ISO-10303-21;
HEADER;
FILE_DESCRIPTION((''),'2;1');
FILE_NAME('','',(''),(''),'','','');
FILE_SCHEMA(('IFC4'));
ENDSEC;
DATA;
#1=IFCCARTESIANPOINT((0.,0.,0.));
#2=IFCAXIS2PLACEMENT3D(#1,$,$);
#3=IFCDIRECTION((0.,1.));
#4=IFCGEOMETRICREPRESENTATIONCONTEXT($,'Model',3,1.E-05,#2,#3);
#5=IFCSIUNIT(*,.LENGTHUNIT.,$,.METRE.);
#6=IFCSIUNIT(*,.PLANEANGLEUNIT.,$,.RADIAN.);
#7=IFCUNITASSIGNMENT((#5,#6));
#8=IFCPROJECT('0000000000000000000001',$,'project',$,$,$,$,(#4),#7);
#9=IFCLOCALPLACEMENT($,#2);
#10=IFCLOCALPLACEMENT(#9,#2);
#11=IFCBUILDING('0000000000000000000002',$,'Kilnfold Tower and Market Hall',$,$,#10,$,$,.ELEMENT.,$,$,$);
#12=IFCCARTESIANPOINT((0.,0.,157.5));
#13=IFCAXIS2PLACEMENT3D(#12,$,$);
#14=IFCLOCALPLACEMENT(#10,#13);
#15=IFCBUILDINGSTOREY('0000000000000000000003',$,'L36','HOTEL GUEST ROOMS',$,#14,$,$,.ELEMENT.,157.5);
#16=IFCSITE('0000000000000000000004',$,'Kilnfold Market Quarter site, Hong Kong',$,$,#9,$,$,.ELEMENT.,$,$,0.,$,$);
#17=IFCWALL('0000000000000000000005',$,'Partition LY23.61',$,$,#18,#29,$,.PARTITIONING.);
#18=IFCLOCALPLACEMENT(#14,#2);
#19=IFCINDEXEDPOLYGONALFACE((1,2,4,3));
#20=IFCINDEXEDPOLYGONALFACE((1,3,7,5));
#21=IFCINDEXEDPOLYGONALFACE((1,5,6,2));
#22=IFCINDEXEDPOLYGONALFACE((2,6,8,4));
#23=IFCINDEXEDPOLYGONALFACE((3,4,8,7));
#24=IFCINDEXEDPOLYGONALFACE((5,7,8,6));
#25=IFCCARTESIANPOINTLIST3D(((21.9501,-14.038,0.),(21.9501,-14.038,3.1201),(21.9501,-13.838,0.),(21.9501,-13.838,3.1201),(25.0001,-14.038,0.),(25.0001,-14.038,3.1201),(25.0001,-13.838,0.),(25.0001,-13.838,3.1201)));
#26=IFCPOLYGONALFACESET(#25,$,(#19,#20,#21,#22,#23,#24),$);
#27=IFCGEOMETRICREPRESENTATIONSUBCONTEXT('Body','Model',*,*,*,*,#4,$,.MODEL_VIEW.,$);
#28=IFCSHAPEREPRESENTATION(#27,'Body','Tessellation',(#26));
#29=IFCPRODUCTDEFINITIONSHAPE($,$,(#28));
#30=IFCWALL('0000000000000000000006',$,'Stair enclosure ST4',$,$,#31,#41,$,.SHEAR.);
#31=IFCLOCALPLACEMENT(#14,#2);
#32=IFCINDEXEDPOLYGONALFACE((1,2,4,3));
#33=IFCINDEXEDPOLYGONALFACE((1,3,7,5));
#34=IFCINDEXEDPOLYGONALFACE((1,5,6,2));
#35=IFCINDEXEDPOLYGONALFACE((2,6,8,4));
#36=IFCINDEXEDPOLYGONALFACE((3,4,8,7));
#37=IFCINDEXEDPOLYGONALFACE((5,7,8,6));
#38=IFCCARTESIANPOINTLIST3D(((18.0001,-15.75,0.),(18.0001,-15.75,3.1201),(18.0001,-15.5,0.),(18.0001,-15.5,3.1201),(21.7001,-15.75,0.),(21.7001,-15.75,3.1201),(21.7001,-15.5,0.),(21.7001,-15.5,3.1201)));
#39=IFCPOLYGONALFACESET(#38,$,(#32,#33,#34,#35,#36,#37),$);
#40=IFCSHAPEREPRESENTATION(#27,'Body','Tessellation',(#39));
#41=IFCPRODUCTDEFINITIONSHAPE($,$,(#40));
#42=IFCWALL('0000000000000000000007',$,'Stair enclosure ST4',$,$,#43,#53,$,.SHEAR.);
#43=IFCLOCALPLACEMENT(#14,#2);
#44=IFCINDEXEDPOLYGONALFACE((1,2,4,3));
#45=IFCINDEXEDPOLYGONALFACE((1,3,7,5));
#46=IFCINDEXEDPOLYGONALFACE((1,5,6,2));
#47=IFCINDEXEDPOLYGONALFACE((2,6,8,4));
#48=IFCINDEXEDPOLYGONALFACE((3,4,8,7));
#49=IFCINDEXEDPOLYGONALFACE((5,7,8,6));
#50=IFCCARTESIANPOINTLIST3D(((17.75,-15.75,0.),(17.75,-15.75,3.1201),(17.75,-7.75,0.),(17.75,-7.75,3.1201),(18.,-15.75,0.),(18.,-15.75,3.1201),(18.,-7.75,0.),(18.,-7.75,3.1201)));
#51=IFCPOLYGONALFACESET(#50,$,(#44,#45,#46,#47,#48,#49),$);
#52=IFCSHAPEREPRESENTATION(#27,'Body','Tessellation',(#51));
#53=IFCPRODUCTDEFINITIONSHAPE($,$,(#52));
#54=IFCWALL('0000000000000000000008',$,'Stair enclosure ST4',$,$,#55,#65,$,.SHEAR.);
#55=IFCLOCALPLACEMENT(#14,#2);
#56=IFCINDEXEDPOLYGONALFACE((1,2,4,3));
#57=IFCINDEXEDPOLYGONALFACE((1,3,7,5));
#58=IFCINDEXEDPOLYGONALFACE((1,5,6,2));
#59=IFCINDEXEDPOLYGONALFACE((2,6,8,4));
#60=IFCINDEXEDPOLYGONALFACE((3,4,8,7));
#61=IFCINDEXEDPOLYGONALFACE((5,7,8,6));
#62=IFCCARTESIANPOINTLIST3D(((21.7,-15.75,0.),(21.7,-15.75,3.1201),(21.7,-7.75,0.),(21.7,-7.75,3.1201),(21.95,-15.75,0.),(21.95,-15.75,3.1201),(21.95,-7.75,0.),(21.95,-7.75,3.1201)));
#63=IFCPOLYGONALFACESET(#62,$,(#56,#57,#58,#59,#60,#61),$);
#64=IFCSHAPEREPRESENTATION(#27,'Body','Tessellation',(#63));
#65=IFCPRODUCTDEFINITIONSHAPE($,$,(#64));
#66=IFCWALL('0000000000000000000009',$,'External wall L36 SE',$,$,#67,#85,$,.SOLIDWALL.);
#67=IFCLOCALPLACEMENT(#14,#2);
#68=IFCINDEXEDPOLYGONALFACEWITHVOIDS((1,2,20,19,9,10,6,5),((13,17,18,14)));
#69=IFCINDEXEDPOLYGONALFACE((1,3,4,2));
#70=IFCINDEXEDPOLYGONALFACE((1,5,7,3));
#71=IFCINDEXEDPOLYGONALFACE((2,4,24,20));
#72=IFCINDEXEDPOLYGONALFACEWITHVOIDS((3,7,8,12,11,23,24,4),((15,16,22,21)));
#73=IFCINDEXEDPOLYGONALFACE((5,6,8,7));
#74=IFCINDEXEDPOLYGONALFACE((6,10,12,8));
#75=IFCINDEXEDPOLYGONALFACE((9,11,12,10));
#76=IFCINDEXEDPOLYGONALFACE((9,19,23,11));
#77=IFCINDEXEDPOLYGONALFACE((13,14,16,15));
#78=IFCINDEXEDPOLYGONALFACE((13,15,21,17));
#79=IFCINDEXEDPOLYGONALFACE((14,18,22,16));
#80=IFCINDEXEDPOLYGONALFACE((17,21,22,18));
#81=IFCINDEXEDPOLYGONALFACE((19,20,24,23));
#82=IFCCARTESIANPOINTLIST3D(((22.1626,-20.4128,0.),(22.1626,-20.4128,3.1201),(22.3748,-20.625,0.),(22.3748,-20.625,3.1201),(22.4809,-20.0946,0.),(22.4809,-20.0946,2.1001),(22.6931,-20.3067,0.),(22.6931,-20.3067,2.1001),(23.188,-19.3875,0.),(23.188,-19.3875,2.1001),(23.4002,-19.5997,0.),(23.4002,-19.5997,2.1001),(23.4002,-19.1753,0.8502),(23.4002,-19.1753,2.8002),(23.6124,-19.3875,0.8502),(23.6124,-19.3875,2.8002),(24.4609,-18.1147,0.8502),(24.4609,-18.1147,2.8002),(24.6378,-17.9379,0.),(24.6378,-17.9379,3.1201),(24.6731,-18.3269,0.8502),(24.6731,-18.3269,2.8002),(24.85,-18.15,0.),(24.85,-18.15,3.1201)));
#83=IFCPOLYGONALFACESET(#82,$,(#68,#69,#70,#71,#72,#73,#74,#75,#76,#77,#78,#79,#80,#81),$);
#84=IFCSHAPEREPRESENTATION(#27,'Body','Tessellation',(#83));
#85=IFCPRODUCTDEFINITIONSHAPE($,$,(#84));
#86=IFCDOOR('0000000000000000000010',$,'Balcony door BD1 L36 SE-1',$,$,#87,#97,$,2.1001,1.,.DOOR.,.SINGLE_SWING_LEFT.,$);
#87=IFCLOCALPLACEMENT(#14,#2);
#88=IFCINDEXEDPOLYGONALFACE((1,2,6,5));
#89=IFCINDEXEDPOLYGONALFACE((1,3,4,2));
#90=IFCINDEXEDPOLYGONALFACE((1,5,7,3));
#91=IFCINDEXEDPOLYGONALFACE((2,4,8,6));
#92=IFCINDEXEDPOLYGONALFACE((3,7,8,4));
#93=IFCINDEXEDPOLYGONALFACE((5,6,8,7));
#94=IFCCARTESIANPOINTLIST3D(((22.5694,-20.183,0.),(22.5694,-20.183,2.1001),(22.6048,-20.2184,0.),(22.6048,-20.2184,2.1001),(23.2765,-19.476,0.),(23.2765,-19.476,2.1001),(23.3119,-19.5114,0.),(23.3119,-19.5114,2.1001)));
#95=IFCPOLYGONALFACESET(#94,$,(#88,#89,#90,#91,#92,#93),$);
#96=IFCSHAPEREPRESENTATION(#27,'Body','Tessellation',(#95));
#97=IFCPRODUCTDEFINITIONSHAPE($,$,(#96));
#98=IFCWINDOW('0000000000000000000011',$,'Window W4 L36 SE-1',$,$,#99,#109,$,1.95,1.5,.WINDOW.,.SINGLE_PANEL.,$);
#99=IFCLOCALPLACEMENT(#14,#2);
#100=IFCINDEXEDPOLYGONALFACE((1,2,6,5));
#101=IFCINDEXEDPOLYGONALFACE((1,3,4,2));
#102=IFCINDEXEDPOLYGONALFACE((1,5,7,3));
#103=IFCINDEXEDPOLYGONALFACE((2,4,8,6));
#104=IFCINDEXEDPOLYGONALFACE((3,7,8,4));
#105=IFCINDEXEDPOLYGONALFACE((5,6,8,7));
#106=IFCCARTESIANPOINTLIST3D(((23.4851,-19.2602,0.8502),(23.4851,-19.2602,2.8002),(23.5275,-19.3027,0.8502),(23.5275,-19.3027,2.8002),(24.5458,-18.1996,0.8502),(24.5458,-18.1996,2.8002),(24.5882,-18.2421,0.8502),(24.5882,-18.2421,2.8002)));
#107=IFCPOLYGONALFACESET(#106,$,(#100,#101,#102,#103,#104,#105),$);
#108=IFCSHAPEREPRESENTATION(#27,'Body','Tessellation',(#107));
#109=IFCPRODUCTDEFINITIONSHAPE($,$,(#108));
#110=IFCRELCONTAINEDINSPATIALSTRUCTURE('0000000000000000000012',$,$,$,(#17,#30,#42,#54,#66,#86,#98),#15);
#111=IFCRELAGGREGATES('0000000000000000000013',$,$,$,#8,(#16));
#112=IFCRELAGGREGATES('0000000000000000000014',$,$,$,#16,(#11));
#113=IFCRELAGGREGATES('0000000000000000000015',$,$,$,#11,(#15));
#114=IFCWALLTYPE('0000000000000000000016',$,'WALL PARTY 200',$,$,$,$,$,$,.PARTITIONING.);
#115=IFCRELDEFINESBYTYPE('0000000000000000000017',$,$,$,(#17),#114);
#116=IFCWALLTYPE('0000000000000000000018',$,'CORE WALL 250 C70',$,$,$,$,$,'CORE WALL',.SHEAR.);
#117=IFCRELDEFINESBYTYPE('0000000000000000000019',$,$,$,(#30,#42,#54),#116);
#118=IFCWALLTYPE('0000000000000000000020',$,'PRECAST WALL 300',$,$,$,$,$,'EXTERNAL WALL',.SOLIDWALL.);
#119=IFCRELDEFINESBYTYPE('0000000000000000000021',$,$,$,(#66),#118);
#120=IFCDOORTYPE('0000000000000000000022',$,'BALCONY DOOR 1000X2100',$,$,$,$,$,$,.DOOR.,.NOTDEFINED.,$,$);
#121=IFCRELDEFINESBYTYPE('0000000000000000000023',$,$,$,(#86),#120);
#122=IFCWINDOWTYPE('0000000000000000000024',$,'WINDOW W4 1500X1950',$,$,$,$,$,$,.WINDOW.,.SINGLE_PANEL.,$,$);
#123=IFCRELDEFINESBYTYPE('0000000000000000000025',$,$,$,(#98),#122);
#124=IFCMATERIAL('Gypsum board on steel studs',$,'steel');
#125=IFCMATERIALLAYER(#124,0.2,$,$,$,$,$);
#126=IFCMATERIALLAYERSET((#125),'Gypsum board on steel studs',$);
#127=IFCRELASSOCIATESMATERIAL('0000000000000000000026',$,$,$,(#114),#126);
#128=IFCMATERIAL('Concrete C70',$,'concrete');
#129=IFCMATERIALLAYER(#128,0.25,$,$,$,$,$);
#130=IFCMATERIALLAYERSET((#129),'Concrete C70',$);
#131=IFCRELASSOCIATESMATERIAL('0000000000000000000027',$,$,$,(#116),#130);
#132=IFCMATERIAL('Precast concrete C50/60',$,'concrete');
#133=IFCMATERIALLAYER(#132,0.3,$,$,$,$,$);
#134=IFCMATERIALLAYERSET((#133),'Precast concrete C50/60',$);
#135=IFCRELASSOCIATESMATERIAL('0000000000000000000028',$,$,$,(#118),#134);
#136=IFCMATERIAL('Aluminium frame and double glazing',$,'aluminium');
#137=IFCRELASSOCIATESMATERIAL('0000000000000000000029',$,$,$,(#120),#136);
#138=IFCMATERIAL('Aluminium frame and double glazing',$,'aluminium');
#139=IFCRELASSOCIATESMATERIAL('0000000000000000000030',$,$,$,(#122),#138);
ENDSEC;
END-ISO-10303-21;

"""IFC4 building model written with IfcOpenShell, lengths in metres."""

from ifc_helpers import new_model, si_unit, direction, frame, frame_2d, origin, place, context, subcontext, project, spatial, rectangle, extrude, source, transform, mapped, material, layer, layer_set, type_object, element, fill, save


model = new_model("IFC4")

# Units and contexts
model_context = context("Model", 3, precision=1e-05, world=origin(), true_north=direction((0.0, 1.0)))
body_context = subcontext(model_context, "Body", "Model", "MODEL_VIEW")
ifc_project = project(units=[si_unit("LENGTHUNIT", "METRE"), si_unit("PLANEANGLEUNIT", "RADIAN")], contexts=[model_context])

# Site, building, storey
site_placement = place(None, origin())
site = spatial("IfcSite", under=ifc_project, at=site_placement, Name="Kilnfold Market Quarter site, Hong Kong", CompositionType="ELEMENT", RefElevation=0.0)
building_placement = place(site_placement, origin())
building = spatial("IfcBuilding", under=site, at=building_placement, Name="Kilnfold Tower and Market Hall", CompositionType="ELEMENT")
storey_placement = place(building_placement, frame((0.0, 0.0, 157.5)))
storey = spatial("IfcBuildingStorey", under=building, at=storey_placement, Name="L36", Description="HOTEL GUEST ROOMS", CompositionType="ELEMENT", Elevation=157.5)

# Walls
ifc_material_1 = material(Name="Gypsum board on steel studs", Category="steel")
ifc_layer_1 = layer(ifc_material_1, 0.2)
ifc_layer_set_1 = layer_set([ifc_layer_1], Name="Gypsum board on steel studs")
wall_type_1 = type_object("IfcWallType", Name="WALL PARTY 200", PredefinedType="PARTITIONING", material=ifc_layer_set_1)
wall_1_placement = place(storey_placement, frame((25.0, -13.938, 0.0), z_axis=(0.0, 0.0, 1.0), x_axis=(-1.0, 0.0, 0.0)))
element("IfcWall", 1, at=wall_1_placement, inside=storey, type_object=wall_type_1, Name="Partition LY23.61", PredefinedType="PARTITIONING", context=body_context, shape_type="SweptSolid", body=[
    extrude(rectangle(XDim=3.05, YDim=0.2, at=frame_2d((1.5249, 0.0))), origin(), (0.0, 0.0, 1.0), 3.1201),
])
ifc_material_2 = material(Name="Concrete C70", Category="concrete")
ifc_layer_2 = layer(ifc_material_2, 0.25)
ifc_layer_set_2 = layer_set([ifc_layer_2], Name="Concrete C70")
wall_type_2 = type_object("IfcWallType", Name="CORE WALL 250 C70", ElementType="CORE WALL", PredefinedType="SHEAR", material=ifc_layer_set_2)
shared_shape_1 = source(origin(), body_context, "Body", "SweptSolid", [
    extrude(rectangle(XDim=3.7, YDim=0.25, at=frame_2d((1.8501, 0.0))), origin(), (0.0, 0.0, 1.0), 3.1201),
])
wall_2_placement = place(storey_placement, frame((18.0, -15.625, 0.0), z_axis=(0.0, 0.0, 1.0), x_axis=(1.0, 0.0, 0.0)))
element("IfcWall", 2, at=wall_2_placement, inside=storey, type_object=wall_type_2, Name="Stair enclosure ST4", PredefinedType="SHEAR", context=body_context, shape_type="MappedRepresentation", body=[
    mapped(shared_shape_1, transform((0.0, 0.0, 0.0))),
])
shared_shape_2 = source(origin(), body_context, "Body", "SweptSolid", [
    extrude(rectangle(XDim=8.0, YDim=0.25, at=frame_2d((4.0, 0.0))), origin(), (0.0, 0.0, 1.0), 3.1201),
])
for number, where, z_axis, x_axis, name in (
    (3, (17.875, -15.75, 0.0), (0.0, 0.0, 1.0), (0.0, 1.0, 0.0), "Stair enclosure ST4"),
    (4, (21.825, -15.75, 0.0), (0.0, 0.0, 1.0), (0.0, 1.0, 0.0), "Stair enclosure ST4"),
):
    element("IfcWall", number, at=place(storey_placement, frame(where, z_axis=z_axis, x_axis=x_axis)), inside=storey, type_object=wall_type_2, Name=name, PredefinedType="SHEAR", context=body_context, shape_type="MappedRepresentation", body=[
        mapped(shared_shape_2, transform((0.0, 0.0, 0.0))),
    ])

# Wall, openings, door, window
ifc_material_3 = material(Name="Precast concrete C50/60", Category="concrete")
ifc_layer_3 = layer(ifc_material_3, 0.3)
ifc_layer_set_3 = layer_set([ifc_layer_3], Name="Precast concrete C50/60")
wall_type_3 = type_object("IfcWallType", Name="PRECAST WALL 300", ElementType="EXTERNAL WALL", PredefinedType="SOLIDWALL", material=ifc_layer_set_3)
shared_shape_3 = source(origin(), body_context, "Body", "SweptSolid", [
    extrude(rectangle(XDim=3.5002, YDim=0.3, at=frame_2d((1.75, 0.0))), origin(), (0.0, 0.0, 1.0), 3.1201),
])
wall_3_placement = place(storey_placement, frame((22.2688, -20.5188, 0.0), z_axis=(0.0, 0.0, 1.0), x_axis=(0.707142, 0.707072, 0.0)))
wall_3 = element("IfcWall", 5, at=wall_3_placement, inside=storey, type_object=wall_type_3, Name="External wall L36 SE", PredefinedType="SOLIDWALL", context=body_context, shape_type="MappedRepresentation", body=[
    mapped(shared_shape_3, transform((0.0, 0.0, 0.0))),
])
opening_1_placement = place(wall_3_placement, frame((1.75, 0.0, 0.8501)))
opening_1 = element("IfcOpeningElement", 6, at=opening_1_placement, cuts=wall_3, PredefinedType="OPENING", context=body_context, shape_type="SweptSolid", body=[
    extrude(rectangle(XDim=1.5, YDim=1.95, at=frame_2d((0.75, 0.9751))), frame((0.0, 0.1602, 0.0), z_axis=(0.0, -1.0, 0.0), x_axis=(1.0, 0.0, 0.0)), (0.0, 0.0, 1.0), 0.3201),
])
opening_2_placement = place(wall_3_placement, frame((0.45, 0.0, 0.0)))
opening_2 = element("IfcOpeningElement", 7, at=opening_2_placement, cuts=wall_3, PredefinedType="OPENING", context=body_context, shape_type="SweptSolid", body=[
    extrude(rectangle(XDim=1.0, YDim=2.1001, at=frame_2d((0.5, 1.05))), frame((0.0, 0.1602, 0.0), z_axis=(0.0, -1.0, 0.0), x_axis=(1.0, 0.0, 0.0)), (0.0, 0.0, 1.0), 0.3201),
])
ifc_material_4 = material(Name="Aluminium frame and double glazing", Category="aluminium")
door_type_1 = type_object("IfcDoorType", Name="BALCONY DOOR 1000X2100", OperationType="NOTDEFINED", PredefinedType="DOOR", material=ifc_material_4)
door_1_placement = place(opening_2_placement, origin())
door_1 = element("IfcDoor", 8, at=door_1_placement, inside=storey, type_object=door_type_1, Name="Balcony door BD1 L36 SE-1", OperationType="SINGLE_SWING_LEFT", OverallHeight=2.1001, OverallWidth=1.0, PredefinedType="DOOR", context=body_context, shape_type="SweptSolid", body=[
    extrude(rectangle(XDim=1.0, YDim=2.1001, at=frame_2d((0.5, 1.05))), frame((0.0, 0.0249, 0.0), z_axis=(0.0, -1.0, 0.0), x_axis=(1.0, 0.0, 0.0)), (0.0, 0.0, 1.0), 0.05),
])
fill(opening_2, door_1)
ifc_material_5 = material(Name="Aluminium frame and double glazing", Category="aluminium")
window_type = type_object("IfcWindowType", Name="WINDOW W4 1500X1950", PartitioningType="SINGLE_PANEL", PredefinedType="WINDOW", material=ifc_material_5)
window_1_placement = place(opening_1_placement, origin())
window_1 = element("IfcWindow", 9, at=window_1_placement, inside=storey, type_object=window_type, Name="Window W4 L36 SE-1", OverallHeight=1.95, OverallWidth=1.5, PartitioningType="SINGLE_PANEL", PredefinedType="WINDOW", context=body_context, shape_type="SweptSolid", body=[
    extrude(rectangle(XDim=1.5, YDim=1.95, at=frame_2d((0.75, 0.9751))), frame((0.0, 0.03, 0.0), z_axis=(0.0, -1.0, 0.0), x_axis=(1.0, 0.0, 0.0)), (0.0, 0.0, 1.0), 0.0601),
])
fill(opening_1, window_1)

save(model, "model.ifc")
